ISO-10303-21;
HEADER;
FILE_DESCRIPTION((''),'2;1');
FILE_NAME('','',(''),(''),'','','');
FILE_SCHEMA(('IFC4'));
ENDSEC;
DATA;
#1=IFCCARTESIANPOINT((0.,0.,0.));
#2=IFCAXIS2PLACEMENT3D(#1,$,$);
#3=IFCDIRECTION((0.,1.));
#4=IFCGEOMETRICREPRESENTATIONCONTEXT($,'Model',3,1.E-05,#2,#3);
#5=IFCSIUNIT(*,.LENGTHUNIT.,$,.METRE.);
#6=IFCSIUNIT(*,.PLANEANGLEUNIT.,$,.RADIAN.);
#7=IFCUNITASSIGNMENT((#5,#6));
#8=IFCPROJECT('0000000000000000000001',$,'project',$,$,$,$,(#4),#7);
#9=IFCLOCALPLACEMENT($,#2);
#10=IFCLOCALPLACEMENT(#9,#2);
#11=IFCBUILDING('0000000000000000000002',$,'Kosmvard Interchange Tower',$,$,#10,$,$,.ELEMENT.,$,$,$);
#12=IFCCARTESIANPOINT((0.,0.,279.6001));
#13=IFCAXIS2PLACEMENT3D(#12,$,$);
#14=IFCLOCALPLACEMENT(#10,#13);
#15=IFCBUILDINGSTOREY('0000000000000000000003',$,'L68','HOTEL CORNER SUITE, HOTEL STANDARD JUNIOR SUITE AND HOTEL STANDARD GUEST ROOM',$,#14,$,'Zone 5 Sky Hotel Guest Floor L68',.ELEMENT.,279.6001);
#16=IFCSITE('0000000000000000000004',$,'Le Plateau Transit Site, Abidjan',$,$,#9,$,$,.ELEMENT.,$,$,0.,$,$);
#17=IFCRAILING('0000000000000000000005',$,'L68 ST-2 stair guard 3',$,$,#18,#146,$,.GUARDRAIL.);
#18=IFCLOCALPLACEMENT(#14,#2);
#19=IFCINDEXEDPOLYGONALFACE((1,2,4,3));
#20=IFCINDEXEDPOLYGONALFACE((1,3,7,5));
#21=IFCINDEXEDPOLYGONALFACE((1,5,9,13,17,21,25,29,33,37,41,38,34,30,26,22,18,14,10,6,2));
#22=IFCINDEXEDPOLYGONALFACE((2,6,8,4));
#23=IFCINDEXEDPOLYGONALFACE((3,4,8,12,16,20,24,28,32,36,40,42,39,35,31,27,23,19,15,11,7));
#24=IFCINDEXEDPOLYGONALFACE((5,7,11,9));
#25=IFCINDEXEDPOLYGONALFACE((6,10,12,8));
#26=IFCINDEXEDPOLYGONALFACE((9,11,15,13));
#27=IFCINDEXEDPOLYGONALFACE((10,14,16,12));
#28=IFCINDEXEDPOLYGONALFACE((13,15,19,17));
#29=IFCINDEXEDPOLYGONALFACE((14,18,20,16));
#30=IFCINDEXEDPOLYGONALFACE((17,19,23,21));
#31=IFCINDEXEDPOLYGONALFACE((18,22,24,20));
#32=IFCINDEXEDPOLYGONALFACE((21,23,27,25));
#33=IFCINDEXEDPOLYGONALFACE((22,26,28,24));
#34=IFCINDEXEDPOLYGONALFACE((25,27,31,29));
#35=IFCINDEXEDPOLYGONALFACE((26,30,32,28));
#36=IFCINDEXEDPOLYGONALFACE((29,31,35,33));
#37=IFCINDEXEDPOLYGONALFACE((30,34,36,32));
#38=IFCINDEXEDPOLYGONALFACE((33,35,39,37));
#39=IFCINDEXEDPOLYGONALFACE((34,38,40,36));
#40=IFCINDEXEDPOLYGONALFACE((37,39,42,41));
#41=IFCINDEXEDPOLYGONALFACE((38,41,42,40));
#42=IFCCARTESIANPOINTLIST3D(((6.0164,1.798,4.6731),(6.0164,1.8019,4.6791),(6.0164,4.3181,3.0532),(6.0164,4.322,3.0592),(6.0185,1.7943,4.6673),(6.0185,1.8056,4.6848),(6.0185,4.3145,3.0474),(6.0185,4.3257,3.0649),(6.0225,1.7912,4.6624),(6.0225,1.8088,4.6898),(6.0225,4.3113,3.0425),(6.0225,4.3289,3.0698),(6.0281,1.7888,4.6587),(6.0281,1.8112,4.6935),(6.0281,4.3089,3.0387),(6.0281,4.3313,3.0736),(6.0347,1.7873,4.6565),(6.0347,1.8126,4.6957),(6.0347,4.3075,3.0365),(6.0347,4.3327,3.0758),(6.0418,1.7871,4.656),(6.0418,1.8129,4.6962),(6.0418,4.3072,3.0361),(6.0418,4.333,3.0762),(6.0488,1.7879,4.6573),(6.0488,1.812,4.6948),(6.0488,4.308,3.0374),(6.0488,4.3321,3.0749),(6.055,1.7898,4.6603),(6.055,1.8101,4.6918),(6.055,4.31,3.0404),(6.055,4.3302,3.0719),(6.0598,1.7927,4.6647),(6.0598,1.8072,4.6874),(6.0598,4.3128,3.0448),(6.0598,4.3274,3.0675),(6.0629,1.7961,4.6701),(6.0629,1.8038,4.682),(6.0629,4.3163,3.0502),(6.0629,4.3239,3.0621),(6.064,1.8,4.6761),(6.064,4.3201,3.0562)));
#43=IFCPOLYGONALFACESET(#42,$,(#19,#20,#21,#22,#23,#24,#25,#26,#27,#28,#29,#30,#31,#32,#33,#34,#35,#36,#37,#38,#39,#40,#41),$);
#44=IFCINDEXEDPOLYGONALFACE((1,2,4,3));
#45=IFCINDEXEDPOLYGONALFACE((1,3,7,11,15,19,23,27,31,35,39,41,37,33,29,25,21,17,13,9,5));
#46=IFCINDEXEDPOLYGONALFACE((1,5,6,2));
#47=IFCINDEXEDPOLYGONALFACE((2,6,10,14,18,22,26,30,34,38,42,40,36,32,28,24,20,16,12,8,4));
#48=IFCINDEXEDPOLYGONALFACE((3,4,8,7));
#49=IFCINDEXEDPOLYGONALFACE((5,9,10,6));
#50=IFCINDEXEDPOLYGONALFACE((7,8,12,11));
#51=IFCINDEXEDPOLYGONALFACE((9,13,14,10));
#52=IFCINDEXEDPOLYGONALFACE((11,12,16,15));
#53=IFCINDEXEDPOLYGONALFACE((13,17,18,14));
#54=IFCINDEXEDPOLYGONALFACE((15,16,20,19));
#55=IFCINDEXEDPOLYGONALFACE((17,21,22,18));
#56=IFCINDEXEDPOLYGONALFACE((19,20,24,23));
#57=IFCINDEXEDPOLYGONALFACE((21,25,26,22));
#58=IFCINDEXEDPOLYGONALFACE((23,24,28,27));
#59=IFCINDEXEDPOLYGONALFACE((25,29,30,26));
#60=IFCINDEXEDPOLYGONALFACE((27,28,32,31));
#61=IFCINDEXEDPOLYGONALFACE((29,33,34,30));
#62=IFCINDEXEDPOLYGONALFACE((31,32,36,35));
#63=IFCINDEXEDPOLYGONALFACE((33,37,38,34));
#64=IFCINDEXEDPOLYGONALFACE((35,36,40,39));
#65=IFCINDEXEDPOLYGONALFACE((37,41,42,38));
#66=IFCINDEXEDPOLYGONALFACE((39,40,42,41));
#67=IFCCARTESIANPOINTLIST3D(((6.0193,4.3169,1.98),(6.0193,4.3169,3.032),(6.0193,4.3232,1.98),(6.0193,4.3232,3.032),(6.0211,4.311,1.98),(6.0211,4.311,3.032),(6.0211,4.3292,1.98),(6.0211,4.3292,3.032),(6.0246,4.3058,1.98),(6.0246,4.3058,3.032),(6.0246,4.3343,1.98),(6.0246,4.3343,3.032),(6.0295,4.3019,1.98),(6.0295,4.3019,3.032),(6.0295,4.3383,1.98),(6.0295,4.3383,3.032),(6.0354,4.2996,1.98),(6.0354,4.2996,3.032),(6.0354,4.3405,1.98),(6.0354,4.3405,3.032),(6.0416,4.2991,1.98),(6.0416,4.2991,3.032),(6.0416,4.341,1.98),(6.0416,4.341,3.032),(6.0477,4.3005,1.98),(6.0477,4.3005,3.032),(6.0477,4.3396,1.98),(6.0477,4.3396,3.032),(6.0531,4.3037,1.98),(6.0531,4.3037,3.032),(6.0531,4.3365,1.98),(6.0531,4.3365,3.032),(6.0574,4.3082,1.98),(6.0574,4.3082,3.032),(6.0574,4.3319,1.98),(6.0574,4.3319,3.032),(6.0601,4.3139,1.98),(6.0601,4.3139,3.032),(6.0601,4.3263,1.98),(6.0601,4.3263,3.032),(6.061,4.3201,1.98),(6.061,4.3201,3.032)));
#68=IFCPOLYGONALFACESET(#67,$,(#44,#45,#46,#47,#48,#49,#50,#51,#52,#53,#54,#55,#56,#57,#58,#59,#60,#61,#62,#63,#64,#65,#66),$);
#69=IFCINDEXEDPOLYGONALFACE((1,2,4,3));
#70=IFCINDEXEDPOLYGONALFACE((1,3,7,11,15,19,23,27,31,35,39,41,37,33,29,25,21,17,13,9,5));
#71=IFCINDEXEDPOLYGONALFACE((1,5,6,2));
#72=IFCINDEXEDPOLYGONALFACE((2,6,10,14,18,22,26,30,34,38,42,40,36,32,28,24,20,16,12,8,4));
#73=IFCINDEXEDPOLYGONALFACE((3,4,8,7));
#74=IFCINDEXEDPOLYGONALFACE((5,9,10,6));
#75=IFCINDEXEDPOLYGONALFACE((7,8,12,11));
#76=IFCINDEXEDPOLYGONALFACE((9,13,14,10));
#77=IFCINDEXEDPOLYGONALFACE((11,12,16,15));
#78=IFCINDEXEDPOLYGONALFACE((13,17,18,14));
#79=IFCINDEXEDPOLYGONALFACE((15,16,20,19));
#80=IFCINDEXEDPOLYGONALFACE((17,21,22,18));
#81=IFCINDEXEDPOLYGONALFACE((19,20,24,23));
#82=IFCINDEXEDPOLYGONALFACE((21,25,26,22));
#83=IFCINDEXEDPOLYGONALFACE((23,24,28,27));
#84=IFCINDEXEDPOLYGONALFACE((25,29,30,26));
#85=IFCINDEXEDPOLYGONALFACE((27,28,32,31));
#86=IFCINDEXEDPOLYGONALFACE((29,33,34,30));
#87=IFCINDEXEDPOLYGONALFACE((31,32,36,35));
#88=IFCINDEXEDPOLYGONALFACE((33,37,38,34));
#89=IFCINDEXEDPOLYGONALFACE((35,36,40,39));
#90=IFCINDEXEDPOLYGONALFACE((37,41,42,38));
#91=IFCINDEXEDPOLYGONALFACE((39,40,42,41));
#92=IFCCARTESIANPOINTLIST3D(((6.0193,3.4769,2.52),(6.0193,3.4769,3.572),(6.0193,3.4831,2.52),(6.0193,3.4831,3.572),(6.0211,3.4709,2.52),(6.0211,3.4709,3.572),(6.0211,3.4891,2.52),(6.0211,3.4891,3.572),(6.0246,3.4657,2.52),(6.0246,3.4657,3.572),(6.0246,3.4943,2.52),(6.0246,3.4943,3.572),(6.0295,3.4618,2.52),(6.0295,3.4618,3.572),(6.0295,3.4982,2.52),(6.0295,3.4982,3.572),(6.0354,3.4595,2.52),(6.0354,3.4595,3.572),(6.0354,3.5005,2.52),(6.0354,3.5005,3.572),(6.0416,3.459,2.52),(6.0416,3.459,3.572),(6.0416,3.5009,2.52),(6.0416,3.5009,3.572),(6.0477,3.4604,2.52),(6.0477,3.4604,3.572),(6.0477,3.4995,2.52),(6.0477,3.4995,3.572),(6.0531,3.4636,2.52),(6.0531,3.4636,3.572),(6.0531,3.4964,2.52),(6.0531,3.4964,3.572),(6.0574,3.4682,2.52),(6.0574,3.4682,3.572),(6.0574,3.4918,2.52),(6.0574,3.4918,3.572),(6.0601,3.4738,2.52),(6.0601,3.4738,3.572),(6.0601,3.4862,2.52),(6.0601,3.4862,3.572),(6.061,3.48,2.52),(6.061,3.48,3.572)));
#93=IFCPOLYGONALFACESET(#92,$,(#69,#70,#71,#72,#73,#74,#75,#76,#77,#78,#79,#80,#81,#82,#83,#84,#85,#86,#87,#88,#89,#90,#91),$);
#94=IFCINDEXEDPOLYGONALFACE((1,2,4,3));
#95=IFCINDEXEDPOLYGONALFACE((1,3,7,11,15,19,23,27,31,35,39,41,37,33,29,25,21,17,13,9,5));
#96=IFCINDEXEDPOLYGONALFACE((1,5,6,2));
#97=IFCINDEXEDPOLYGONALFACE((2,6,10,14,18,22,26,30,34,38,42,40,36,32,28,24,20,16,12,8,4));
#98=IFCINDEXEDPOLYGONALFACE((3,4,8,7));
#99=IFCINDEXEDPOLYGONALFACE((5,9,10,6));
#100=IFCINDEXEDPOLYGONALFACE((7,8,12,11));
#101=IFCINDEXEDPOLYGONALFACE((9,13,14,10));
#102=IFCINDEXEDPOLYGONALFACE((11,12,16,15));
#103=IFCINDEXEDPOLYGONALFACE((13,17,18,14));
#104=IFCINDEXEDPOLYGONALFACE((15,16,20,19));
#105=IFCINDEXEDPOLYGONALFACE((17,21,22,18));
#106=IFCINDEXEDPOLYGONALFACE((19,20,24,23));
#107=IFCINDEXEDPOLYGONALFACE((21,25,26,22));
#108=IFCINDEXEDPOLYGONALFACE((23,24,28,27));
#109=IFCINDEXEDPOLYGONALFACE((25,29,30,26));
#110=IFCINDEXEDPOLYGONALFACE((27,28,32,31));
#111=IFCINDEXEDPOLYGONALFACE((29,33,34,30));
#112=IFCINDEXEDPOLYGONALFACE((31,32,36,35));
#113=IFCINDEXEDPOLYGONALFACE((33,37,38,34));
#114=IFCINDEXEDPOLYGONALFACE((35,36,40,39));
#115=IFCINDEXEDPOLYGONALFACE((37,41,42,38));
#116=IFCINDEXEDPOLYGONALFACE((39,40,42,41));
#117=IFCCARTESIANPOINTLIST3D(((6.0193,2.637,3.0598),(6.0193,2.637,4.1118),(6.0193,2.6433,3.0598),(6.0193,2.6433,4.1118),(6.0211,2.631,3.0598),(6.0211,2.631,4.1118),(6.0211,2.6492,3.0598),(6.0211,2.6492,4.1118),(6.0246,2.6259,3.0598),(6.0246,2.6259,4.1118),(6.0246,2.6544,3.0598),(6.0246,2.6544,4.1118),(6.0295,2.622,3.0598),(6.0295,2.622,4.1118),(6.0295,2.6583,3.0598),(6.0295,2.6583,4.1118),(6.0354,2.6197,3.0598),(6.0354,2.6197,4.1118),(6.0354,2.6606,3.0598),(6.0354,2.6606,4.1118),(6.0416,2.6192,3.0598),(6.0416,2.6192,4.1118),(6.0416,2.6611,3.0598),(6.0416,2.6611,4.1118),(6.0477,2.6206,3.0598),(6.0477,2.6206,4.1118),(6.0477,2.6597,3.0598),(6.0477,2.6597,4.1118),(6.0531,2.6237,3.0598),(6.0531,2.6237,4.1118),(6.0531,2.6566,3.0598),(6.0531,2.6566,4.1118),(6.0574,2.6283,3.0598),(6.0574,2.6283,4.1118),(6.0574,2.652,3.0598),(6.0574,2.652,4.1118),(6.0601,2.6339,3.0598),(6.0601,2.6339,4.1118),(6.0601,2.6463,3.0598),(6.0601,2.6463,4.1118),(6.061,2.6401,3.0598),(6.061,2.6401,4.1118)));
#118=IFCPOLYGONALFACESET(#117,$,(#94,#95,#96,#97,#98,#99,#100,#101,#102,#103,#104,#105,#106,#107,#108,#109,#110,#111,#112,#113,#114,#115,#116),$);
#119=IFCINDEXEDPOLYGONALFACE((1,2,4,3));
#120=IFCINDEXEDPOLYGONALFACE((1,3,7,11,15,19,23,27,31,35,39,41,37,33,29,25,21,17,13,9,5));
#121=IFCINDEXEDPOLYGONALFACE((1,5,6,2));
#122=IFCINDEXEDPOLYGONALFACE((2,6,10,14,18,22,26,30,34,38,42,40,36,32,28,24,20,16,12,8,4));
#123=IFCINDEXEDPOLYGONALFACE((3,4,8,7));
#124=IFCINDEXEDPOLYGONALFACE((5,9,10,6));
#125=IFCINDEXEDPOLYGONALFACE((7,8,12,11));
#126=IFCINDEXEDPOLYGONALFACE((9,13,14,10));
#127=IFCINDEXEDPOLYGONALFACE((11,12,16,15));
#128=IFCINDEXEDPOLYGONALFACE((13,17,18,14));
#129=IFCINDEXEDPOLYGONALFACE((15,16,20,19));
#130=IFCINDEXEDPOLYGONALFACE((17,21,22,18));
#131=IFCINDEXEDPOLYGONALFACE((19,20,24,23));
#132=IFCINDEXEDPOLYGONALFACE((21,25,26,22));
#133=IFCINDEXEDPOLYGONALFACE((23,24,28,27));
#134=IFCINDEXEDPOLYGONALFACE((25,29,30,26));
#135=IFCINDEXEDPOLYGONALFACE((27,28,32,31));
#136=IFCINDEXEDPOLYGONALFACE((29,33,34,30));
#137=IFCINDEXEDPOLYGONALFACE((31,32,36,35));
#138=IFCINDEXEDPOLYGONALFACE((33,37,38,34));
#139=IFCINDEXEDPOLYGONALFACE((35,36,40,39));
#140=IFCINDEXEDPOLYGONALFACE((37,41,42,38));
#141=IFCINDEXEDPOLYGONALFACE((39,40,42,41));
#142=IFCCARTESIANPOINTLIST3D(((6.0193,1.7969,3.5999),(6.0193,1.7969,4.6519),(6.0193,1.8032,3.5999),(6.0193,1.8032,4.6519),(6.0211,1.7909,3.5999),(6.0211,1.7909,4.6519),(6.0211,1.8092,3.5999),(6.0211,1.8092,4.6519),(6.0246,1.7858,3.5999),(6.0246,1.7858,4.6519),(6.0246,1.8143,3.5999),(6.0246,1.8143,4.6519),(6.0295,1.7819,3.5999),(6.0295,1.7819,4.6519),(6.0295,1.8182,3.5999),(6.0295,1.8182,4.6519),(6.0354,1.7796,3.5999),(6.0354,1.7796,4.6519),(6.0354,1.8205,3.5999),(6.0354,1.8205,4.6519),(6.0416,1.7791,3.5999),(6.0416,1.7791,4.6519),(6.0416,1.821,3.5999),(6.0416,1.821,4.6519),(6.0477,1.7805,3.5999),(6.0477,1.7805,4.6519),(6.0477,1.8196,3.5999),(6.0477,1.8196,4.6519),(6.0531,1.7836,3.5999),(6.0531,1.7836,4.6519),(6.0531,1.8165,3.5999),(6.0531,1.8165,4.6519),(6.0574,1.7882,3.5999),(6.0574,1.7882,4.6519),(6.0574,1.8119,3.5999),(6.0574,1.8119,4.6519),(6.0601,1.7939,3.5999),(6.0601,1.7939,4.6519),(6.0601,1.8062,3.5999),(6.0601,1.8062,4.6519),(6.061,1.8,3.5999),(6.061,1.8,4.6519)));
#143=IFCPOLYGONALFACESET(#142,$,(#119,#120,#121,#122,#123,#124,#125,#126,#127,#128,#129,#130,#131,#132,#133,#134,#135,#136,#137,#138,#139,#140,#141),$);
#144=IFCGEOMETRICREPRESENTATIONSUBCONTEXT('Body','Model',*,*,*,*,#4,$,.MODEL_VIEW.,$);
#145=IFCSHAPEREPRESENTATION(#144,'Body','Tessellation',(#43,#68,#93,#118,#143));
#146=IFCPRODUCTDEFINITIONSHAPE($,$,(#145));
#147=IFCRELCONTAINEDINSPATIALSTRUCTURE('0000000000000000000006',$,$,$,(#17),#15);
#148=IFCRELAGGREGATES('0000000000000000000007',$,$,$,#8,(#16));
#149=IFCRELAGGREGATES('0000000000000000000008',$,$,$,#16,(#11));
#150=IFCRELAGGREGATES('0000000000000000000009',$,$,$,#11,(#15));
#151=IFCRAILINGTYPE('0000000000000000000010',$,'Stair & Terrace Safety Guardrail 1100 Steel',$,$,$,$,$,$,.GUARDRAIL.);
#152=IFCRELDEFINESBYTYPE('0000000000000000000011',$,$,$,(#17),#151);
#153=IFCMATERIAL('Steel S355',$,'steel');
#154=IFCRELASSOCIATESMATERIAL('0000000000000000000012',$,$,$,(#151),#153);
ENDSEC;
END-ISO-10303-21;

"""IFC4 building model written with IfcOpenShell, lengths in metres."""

from ifc_helpers import new_model, si_unit, direction, frame, origin, origin_2d, place, context, subcontext, project, spatial, circle, extrude, source, transform, mapped, material, type_object, element, save


model = new_model("IFC4")

# Units and contexts
model_context = context("Model", 3, precision=1e-05, world=origin(), true_north=direction((0.0, 1.0)))
body_context = subcontext(model_context, "Body", "Model", "MODEL_VIEW")
ifc_project = project(units=[si_unit("LENGTHUNIT", "METRE"), si_unit("PLANEANGLEUNIT", "RADIAN")], contexts=[model_context])

# Site, building, storey
site_placement = place(None, origin())
site = spatial("IfcSite", under=ifc_project, at=site_placement, Name="Le Plateau Transit Site, Abidjan", CompositionType="ELEMENT", RefElevation=0.0)
building_placement = place(site_placement, origin())
building = spatial("IfcBuilding", under=site, at=building_placement, Name="Kosmvard Interchange Tower", CompositionType="ELEMENT")
storey_placement = place(building_placement, frame((0.0, 0.0, 279.6001)))
storey = spatial("IfcBuildingStorey", under=building, at=storey_placement, Name="L68", Description="HOTEL CORNER SUITE, HOTEL STANDARD JUNIOR SUITE AND HOTEL STANDARD GUEST ROOM", LongName="Zone 5 Sky Hotel Guest Floor L68", CompositionType="ELEMENT", Elevation=279.6001)

# Shared definitions
ifc_material_1 = material(Name="Steel S355", Category="steel")

# Railing
railing_type_1 = type_object("IfcRailingType", Name="Stair & Terrace Safety Guardrail 1100 Steel", PredefinedType="GUARDRAIL", material=ifc_material_1)
shared_shape_1 = source(origin(), body_context, "Body", "SweptSolid", [
    extrude(circle(Radius=0.0239, at=origin_2d()), frame((0.0, 0.0, 1.0762), z_axis=(0.0, -0.8412, 0.540725), x_axis=(1.0, 0.0, 0.0)), (0.0, 0.0, 1.0), 2.9958),
    extrude(circle(Radius=0.021, at=origin_2d()), origin(), (0.0, 0.0, 1.0), 1.052),
    extrude(circle(Radius=0.021, at=origin_2d()), frame((0.0, -0.8401, 0.54)), (0.0, 0.0, 1.0), 1.052),
    extrude(circle(Radius=0.021, at=origin_2d()), frame((0.0, -1.6799, 1.0798)), (0.0, 0.0, 1.0), 1.052),
    extrude(circle(Radius=0.021, at=origin_2d()), frame((0.0, -2.52, 1.6199)), (0.0, 0.0, 1.0), 1.052),
])
railing_1_placement = place(storey_placement, frame((6.04, 4.3201, 1.98)))
element("IfcRailing", 1, at=railing_1_placement, inside=storey, type_object=railing_type_1, Name="L68 ST-2 stair guard 3", PredefinedType="GUARDRAIL", context=body_context, shape_type="MappedRepresentation", body=[
    mapped(shared_shape_1, transform((0.0, 0.0, 0.0), scale=1.0)),
])

save(model, "model.ifc")
